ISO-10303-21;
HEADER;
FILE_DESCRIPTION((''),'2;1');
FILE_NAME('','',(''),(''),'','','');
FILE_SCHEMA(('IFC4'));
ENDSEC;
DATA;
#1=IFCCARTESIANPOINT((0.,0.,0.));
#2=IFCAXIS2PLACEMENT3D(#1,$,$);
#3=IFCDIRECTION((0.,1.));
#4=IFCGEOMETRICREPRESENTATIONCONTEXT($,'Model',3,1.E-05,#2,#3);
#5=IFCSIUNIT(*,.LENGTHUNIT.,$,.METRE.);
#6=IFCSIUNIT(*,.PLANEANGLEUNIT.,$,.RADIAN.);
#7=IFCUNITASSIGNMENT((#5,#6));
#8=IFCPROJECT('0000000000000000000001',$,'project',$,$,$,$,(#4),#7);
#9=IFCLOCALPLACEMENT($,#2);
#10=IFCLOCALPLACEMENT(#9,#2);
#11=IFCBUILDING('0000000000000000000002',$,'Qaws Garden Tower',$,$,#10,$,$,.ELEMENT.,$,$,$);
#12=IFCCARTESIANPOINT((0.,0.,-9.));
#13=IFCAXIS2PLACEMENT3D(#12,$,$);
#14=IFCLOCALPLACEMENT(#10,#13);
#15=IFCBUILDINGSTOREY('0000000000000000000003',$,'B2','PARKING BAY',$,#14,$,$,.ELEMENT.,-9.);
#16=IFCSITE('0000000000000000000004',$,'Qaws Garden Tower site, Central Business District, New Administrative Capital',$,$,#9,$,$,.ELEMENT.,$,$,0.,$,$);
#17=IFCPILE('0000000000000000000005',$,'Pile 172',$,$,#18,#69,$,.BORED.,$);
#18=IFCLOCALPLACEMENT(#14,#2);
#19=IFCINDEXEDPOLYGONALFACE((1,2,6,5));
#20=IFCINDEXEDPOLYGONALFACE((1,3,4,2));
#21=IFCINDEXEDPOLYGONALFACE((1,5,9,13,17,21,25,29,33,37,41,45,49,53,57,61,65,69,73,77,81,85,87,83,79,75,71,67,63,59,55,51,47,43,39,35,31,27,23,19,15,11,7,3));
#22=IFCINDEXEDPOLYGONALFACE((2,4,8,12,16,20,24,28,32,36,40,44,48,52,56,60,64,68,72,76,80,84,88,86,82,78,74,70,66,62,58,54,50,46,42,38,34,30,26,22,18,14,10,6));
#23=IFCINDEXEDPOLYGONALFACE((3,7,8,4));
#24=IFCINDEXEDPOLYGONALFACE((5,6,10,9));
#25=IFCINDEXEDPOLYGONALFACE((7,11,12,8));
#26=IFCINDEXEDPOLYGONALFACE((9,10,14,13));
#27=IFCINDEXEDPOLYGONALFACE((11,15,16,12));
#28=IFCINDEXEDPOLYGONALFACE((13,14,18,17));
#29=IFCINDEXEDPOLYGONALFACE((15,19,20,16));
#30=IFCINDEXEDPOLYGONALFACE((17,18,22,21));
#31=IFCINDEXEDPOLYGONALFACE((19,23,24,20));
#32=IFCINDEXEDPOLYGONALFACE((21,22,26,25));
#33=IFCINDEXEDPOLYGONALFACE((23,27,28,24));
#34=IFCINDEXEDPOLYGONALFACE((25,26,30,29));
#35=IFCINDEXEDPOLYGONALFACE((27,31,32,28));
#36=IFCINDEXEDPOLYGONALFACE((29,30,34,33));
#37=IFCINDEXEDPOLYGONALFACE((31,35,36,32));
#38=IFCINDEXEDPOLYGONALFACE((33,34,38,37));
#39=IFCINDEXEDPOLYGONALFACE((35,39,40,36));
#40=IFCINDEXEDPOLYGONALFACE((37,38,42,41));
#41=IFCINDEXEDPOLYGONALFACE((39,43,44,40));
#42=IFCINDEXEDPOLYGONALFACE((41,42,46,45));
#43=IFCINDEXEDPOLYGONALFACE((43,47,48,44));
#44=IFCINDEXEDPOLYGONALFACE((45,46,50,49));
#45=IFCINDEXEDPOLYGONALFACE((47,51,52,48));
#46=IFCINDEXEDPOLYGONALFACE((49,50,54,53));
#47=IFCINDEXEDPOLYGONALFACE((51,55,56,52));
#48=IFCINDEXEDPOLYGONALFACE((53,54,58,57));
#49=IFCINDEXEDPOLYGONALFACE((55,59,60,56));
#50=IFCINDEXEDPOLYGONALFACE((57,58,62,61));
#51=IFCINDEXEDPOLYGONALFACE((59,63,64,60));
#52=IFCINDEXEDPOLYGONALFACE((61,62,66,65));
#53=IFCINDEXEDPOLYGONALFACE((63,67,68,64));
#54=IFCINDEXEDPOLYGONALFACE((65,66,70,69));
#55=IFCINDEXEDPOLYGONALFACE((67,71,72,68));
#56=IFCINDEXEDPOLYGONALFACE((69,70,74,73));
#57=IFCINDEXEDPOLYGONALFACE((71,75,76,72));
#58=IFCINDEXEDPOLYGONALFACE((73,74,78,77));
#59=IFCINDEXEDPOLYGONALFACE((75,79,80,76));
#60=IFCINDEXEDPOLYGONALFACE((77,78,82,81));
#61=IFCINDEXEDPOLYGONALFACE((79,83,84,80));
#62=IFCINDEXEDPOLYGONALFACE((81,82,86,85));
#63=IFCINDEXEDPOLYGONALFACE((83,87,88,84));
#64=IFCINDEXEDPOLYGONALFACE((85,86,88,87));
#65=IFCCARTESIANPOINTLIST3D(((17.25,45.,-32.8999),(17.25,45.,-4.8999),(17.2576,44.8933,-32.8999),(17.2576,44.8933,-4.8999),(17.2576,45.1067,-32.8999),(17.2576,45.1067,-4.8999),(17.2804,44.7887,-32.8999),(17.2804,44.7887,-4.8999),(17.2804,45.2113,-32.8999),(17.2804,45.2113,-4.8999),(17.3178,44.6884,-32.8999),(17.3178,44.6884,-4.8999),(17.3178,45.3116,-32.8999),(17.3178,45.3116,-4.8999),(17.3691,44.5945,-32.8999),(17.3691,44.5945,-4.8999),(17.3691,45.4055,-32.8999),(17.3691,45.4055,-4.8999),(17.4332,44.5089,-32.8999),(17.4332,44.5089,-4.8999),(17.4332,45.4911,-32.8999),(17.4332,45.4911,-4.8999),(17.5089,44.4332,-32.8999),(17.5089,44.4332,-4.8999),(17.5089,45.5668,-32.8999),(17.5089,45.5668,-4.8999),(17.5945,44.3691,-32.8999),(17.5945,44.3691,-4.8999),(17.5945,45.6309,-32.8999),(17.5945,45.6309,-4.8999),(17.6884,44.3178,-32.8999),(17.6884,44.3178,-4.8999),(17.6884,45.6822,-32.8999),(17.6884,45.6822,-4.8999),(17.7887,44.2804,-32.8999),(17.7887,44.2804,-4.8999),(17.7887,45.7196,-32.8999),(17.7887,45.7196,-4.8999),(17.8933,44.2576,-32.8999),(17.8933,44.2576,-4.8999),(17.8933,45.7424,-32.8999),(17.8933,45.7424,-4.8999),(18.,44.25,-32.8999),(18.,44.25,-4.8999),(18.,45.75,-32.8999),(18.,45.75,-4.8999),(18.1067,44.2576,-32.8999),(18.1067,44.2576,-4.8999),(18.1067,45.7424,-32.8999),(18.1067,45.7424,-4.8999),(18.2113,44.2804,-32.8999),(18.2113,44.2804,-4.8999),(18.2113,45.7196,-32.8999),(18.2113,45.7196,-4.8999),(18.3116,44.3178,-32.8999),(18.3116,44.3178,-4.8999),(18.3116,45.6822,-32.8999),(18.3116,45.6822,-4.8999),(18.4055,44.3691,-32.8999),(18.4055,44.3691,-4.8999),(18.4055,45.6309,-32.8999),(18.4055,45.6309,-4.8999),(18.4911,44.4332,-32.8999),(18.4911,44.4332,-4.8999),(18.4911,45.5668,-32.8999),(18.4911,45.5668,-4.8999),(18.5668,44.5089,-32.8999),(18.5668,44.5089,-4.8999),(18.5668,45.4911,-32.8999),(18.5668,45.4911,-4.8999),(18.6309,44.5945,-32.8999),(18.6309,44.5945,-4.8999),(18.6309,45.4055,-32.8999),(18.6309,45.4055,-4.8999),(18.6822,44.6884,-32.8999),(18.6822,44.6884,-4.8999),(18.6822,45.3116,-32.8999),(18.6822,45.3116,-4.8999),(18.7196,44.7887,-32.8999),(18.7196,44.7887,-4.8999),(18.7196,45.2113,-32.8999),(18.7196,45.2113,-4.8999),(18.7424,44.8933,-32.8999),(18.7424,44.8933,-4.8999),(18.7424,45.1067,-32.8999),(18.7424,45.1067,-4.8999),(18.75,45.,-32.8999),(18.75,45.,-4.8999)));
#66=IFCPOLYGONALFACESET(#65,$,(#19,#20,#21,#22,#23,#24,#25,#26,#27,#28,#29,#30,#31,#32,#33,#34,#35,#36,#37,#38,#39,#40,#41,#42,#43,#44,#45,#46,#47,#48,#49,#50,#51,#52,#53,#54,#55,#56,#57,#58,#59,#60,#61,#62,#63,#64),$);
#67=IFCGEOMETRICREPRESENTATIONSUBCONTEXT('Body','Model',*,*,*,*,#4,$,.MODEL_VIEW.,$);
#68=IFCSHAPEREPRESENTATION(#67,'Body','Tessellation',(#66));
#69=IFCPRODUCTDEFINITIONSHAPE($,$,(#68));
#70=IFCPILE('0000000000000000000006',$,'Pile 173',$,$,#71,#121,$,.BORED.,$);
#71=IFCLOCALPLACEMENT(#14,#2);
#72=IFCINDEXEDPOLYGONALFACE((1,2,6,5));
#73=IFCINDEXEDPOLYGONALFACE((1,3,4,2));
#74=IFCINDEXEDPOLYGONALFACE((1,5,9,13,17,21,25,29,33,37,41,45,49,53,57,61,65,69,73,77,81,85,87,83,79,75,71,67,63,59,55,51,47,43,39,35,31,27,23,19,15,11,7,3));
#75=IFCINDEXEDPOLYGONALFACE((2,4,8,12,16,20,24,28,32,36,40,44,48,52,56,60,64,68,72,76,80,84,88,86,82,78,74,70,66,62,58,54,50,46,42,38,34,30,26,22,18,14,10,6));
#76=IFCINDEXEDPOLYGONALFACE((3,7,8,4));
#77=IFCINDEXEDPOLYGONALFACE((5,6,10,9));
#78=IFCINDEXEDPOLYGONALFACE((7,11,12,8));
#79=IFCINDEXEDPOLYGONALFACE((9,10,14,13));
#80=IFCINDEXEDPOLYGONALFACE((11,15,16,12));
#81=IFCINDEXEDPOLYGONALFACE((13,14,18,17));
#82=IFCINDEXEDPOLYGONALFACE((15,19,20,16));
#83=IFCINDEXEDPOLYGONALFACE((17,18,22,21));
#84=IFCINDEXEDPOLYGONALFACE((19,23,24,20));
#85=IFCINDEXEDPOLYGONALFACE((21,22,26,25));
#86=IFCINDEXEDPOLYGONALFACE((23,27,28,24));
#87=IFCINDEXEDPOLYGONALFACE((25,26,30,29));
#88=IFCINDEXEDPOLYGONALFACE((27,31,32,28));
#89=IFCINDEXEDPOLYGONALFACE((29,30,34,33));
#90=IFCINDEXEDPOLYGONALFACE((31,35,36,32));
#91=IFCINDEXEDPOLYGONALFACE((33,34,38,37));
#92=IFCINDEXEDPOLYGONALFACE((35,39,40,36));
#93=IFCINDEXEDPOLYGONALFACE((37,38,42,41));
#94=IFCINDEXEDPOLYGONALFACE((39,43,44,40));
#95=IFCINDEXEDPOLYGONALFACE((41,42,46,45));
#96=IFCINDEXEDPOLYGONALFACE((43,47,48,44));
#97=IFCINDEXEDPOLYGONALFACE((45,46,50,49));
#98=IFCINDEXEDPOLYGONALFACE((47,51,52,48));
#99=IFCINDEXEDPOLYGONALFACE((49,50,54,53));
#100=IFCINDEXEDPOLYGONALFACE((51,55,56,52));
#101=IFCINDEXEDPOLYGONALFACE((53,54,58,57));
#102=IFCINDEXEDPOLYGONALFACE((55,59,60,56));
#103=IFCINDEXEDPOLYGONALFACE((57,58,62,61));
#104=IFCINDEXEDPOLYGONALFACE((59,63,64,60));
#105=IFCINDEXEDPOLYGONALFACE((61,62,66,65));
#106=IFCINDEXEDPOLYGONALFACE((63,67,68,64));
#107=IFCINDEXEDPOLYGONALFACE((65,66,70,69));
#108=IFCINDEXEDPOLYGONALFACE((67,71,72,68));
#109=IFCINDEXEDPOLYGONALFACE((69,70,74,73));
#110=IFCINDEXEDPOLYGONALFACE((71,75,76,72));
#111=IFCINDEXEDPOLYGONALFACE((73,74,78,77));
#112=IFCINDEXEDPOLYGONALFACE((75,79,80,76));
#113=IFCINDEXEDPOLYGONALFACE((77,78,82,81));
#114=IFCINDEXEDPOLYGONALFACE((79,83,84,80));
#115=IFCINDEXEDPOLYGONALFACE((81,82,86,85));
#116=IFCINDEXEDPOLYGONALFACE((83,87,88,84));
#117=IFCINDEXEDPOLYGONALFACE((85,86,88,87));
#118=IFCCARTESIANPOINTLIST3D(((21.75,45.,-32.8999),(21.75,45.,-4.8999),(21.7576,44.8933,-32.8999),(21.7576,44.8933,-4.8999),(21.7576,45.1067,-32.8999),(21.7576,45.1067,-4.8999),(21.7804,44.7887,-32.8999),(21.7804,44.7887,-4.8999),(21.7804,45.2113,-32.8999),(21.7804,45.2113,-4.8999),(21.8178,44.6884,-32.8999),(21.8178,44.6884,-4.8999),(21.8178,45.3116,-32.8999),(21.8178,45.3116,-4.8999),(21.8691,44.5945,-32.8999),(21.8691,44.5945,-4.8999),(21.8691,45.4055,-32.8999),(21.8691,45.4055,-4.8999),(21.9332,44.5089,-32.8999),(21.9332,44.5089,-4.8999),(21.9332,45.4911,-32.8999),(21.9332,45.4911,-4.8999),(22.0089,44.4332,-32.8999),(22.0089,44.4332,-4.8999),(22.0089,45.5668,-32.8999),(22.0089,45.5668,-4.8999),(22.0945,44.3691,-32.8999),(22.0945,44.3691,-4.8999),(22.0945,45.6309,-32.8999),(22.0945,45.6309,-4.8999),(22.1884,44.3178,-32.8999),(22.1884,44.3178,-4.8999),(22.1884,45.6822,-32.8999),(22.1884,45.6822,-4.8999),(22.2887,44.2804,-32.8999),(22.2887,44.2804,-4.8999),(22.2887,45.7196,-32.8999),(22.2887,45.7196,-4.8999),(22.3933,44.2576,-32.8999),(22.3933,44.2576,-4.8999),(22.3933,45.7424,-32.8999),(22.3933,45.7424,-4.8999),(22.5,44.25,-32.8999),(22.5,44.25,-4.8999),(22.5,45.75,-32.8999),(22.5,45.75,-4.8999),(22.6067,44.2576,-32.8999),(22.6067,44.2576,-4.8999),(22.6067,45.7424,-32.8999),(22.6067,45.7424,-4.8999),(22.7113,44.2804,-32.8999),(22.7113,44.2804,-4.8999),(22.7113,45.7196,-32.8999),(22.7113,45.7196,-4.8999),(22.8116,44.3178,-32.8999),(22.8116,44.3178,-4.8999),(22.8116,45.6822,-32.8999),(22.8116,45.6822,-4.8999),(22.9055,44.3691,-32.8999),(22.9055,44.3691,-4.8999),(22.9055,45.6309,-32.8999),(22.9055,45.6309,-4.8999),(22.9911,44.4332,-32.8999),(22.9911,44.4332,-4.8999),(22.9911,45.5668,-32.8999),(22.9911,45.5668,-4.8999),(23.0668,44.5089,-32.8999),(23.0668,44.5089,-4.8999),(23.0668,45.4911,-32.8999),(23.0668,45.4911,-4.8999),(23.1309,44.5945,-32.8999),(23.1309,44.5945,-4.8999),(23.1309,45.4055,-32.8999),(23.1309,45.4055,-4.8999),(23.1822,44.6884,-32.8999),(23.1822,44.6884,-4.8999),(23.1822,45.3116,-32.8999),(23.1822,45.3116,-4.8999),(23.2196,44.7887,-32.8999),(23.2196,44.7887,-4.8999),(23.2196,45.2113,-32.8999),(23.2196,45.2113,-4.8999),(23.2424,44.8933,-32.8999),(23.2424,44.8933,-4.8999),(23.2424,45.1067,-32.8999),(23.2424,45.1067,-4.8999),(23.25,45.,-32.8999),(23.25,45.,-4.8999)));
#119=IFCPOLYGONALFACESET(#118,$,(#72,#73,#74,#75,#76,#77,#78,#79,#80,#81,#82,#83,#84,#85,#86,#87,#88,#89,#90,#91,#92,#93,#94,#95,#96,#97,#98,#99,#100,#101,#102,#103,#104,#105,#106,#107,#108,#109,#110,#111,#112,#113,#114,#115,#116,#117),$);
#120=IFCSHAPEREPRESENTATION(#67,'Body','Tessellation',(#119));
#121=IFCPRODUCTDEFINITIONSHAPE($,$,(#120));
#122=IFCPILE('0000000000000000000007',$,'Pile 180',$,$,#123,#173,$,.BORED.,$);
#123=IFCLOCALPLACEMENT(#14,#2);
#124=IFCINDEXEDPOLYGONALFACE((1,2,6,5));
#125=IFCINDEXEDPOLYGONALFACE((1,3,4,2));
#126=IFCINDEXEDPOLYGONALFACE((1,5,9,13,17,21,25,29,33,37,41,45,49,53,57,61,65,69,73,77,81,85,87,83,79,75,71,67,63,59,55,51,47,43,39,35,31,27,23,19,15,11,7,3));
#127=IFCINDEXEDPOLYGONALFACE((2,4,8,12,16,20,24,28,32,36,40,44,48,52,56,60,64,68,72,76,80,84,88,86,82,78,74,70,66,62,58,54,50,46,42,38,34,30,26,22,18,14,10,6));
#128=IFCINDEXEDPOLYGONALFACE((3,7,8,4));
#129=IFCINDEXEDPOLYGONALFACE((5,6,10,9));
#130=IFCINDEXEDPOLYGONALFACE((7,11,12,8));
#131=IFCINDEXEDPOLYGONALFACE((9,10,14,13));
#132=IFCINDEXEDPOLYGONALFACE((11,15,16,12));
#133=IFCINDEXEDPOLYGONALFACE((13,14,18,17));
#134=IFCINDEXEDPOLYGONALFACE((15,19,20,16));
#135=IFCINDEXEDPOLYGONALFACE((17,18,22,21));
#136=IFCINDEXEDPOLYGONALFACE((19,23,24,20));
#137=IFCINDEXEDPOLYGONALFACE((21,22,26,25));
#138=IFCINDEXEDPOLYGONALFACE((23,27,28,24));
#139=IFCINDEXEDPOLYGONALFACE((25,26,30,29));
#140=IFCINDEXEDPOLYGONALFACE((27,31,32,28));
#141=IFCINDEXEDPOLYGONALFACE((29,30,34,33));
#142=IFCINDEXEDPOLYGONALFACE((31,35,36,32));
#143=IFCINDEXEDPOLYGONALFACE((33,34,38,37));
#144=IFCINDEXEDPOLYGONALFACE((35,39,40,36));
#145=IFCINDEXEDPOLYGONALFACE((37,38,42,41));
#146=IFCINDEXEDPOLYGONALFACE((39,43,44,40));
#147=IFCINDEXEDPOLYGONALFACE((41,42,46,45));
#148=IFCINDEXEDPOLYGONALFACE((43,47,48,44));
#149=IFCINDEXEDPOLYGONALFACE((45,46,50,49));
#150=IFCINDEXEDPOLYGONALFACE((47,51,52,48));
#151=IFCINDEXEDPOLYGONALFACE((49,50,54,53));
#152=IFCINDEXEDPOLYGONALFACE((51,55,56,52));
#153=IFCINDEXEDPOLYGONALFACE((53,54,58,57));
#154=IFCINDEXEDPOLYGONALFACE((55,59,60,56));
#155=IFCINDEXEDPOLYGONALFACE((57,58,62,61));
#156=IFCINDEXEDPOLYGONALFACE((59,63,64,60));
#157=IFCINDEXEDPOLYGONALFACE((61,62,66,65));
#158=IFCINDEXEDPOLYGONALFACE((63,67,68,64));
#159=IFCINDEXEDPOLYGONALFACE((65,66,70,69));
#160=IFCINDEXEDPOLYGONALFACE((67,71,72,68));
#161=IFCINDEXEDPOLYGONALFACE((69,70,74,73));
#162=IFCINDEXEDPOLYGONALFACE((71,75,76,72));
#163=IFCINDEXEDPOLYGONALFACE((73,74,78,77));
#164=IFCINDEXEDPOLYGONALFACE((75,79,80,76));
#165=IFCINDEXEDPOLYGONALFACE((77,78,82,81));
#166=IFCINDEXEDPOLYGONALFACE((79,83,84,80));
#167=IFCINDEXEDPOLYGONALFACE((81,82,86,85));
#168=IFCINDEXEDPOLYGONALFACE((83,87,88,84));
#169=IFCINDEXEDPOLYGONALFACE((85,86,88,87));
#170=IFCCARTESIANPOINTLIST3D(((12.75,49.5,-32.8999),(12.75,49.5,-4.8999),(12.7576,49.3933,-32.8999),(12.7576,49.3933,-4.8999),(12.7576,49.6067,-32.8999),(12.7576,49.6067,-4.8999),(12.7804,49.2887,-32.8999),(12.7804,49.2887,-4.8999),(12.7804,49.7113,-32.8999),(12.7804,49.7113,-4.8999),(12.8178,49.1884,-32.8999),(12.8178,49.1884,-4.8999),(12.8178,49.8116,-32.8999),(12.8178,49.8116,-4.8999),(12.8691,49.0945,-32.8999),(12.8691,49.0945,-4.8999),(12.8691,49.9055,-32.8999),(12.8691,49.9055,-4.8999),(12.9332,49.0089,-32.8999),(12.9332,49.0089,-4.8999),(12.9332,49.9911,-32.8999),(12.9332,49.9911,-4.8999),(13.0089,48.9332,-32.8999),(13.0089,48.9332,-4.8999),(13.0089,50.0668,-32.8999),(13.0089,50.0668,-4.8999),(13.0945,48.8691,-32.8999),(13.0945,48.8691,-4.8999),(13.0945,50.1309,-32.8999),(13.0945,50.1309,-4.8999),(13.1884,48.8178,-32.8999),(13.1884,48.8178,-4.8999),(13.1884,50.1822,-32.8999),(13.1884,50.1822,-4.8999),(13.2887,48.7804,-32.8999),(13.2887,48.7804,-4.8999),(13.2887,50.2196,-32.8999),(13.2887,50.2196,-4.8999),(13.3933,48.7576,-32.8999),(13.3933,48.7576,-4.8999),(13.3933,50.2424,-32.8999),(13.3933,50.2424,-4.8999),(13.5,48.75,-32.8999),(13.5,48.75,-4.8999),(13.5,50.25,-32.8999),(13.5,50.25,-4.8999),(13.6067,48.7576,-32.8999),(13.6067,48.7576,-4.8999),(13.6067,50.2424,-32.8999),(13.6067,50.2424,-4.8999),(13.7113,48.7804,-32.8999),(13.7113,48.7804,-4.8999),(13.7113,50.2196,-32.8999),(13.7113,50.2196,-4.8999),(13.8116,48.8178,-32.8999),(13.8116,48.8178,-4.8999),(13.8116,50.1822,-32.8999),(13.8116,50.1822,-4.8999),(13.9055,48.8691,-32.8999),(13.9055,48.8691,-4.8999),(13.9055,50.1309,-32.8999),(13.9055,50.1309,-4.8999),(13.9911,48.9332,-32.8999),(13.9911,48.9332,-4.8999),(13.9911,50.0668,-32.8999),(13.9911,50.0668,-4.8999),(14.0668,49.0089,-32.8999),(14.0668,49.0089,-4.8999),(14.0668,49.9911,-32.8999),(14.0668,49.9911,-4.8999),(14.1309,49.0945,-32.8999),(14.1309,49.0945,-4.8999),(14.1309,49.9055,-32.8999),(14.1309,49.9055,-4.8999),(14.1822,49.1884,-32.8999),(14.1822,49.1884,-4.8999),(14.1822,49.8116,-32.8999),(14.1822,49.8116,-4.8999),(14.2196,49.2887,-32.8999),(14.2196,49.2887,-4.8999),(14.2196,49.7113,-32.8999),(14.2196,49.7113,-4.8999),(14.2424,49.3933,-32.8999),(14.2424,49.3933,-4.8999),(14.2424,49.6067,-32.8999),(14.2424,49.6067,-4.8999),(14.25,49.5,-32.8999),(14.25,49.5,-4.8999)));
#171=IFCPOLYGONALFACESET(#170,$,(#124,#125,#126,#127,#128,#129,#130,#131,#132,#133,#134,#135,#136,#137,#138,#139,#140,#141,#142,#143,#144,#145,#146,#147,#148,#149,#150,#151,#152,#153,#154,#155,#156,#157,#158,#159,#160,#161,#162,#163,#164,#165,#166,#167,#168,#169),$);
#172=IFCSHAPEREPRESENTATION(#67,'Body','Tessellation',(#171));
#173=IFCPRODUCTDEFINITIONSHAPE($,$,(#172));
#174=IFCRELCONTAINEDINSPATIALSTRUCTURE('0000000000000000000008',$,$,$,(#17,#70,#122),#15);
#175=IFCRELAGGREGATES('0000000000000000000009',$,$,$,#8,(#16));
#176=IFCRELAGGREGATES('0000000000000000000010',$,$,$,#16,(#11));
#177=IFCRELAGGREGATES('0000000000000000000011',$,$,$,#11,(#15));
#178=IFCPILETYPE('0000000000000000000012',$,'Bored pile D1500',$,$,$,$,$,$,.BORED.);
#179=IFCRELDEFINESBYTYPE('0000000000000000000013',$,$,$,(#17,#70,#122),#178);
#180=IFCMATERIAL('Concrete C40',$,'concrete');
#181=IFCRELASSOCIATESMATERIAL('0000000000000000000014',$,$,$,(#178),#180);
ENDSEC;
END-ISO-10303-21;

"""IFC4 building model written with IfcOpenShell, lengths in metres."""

from ifc_helpers import new_model, si_unit, direction, frame, origin, origin_2d, place, context, subcontext, project, spatial, circle, extrude, material, material_profile, profile_set, type_object, element, save


model = new_model("IFC4")

# Units and contexts
model_context = context("Model", 3, precision=1e-05, world=origin(), true_north=direction((0.0, 1.0)))
body_context = subcontext(model_context, "Body", "Model", "MODEL_VIEW")
ifc_project = project(units=[si_unit("LENGTHUNIT", "METRE"), si_unit("PLANEANGLEUNIT", "RADIAN")], contexts=[model_context])

# Site, building, storey
site_placement = place(None, origin())
site = spatial("IfcSite", under=ifc_project, at=site_placement, Name="Qaws Garden Tower site, Central Business District, New Administrative Capital", CompositionType="ELEMENT", RefElevation=0.0)
building_placement = place(site_placement, origin())
building = spatial("IfcBuilding", under=site, at=building_placement, Name="Qaws Garden Tower", CompositionType="ELEMENT")
storey_placement = place(building_placement, frame((0.0, 0.0, -9.0)))
storey = spatial("IfcBuildingStorey", under=building, at=storey_placement, Name="B2", Description="PARKING BAY", CompositionType="ELEMENT", Elevation=-9.0)

# Piles
ifc_material_1 = material(Name="Concrete C40", Category="concrete")
ifc_material_profile_1 = material_profile(ifc_material_1, circle(Radius=0.75, at=origin_2d()), Name="Bored pile D1500")
ifc_profile_set_1 = profile_set([ifc_material_profile_1], Name="Concrete C40")
pile_type = type_object("IfcPileType", Name="Bored pile D1500", PredefinedType="BORED", material=ifc_profile_set_1)
for number, where, z_axis, x_axis, name in (
    (1, (18.0, 45.0, -4.8999), (0.0, 0.0, -1.0), (1.0, 0.0, 0.0), "Pile 172"),
    (2, (22.5, 45.0, -4.8999), (0.0, 0.0, -1.0), (1.0, 0.0, 0.0), "Pile 173"),
    (3, (13.5, 49.5, -4.8999), (0.0, 0.0, -1.0), (1.0, 0.0, 0.0), "Pile 180"),
):
    element("IfcPile", number, at=place(storey_placement, frame(where, z_axis=z_axis, x_axis=x_axis)), inside=storey, type_object=pile_type, Name=name, PredefinedType="BORED", context=body_context, shape_type="SweptSolid", body=[
        extrude(circle(Radius=0.75, at=origin_2d()), origin(), (0.0, 0.0, 1.0), 28.0),
    ])

save(model, "model.ifc")
